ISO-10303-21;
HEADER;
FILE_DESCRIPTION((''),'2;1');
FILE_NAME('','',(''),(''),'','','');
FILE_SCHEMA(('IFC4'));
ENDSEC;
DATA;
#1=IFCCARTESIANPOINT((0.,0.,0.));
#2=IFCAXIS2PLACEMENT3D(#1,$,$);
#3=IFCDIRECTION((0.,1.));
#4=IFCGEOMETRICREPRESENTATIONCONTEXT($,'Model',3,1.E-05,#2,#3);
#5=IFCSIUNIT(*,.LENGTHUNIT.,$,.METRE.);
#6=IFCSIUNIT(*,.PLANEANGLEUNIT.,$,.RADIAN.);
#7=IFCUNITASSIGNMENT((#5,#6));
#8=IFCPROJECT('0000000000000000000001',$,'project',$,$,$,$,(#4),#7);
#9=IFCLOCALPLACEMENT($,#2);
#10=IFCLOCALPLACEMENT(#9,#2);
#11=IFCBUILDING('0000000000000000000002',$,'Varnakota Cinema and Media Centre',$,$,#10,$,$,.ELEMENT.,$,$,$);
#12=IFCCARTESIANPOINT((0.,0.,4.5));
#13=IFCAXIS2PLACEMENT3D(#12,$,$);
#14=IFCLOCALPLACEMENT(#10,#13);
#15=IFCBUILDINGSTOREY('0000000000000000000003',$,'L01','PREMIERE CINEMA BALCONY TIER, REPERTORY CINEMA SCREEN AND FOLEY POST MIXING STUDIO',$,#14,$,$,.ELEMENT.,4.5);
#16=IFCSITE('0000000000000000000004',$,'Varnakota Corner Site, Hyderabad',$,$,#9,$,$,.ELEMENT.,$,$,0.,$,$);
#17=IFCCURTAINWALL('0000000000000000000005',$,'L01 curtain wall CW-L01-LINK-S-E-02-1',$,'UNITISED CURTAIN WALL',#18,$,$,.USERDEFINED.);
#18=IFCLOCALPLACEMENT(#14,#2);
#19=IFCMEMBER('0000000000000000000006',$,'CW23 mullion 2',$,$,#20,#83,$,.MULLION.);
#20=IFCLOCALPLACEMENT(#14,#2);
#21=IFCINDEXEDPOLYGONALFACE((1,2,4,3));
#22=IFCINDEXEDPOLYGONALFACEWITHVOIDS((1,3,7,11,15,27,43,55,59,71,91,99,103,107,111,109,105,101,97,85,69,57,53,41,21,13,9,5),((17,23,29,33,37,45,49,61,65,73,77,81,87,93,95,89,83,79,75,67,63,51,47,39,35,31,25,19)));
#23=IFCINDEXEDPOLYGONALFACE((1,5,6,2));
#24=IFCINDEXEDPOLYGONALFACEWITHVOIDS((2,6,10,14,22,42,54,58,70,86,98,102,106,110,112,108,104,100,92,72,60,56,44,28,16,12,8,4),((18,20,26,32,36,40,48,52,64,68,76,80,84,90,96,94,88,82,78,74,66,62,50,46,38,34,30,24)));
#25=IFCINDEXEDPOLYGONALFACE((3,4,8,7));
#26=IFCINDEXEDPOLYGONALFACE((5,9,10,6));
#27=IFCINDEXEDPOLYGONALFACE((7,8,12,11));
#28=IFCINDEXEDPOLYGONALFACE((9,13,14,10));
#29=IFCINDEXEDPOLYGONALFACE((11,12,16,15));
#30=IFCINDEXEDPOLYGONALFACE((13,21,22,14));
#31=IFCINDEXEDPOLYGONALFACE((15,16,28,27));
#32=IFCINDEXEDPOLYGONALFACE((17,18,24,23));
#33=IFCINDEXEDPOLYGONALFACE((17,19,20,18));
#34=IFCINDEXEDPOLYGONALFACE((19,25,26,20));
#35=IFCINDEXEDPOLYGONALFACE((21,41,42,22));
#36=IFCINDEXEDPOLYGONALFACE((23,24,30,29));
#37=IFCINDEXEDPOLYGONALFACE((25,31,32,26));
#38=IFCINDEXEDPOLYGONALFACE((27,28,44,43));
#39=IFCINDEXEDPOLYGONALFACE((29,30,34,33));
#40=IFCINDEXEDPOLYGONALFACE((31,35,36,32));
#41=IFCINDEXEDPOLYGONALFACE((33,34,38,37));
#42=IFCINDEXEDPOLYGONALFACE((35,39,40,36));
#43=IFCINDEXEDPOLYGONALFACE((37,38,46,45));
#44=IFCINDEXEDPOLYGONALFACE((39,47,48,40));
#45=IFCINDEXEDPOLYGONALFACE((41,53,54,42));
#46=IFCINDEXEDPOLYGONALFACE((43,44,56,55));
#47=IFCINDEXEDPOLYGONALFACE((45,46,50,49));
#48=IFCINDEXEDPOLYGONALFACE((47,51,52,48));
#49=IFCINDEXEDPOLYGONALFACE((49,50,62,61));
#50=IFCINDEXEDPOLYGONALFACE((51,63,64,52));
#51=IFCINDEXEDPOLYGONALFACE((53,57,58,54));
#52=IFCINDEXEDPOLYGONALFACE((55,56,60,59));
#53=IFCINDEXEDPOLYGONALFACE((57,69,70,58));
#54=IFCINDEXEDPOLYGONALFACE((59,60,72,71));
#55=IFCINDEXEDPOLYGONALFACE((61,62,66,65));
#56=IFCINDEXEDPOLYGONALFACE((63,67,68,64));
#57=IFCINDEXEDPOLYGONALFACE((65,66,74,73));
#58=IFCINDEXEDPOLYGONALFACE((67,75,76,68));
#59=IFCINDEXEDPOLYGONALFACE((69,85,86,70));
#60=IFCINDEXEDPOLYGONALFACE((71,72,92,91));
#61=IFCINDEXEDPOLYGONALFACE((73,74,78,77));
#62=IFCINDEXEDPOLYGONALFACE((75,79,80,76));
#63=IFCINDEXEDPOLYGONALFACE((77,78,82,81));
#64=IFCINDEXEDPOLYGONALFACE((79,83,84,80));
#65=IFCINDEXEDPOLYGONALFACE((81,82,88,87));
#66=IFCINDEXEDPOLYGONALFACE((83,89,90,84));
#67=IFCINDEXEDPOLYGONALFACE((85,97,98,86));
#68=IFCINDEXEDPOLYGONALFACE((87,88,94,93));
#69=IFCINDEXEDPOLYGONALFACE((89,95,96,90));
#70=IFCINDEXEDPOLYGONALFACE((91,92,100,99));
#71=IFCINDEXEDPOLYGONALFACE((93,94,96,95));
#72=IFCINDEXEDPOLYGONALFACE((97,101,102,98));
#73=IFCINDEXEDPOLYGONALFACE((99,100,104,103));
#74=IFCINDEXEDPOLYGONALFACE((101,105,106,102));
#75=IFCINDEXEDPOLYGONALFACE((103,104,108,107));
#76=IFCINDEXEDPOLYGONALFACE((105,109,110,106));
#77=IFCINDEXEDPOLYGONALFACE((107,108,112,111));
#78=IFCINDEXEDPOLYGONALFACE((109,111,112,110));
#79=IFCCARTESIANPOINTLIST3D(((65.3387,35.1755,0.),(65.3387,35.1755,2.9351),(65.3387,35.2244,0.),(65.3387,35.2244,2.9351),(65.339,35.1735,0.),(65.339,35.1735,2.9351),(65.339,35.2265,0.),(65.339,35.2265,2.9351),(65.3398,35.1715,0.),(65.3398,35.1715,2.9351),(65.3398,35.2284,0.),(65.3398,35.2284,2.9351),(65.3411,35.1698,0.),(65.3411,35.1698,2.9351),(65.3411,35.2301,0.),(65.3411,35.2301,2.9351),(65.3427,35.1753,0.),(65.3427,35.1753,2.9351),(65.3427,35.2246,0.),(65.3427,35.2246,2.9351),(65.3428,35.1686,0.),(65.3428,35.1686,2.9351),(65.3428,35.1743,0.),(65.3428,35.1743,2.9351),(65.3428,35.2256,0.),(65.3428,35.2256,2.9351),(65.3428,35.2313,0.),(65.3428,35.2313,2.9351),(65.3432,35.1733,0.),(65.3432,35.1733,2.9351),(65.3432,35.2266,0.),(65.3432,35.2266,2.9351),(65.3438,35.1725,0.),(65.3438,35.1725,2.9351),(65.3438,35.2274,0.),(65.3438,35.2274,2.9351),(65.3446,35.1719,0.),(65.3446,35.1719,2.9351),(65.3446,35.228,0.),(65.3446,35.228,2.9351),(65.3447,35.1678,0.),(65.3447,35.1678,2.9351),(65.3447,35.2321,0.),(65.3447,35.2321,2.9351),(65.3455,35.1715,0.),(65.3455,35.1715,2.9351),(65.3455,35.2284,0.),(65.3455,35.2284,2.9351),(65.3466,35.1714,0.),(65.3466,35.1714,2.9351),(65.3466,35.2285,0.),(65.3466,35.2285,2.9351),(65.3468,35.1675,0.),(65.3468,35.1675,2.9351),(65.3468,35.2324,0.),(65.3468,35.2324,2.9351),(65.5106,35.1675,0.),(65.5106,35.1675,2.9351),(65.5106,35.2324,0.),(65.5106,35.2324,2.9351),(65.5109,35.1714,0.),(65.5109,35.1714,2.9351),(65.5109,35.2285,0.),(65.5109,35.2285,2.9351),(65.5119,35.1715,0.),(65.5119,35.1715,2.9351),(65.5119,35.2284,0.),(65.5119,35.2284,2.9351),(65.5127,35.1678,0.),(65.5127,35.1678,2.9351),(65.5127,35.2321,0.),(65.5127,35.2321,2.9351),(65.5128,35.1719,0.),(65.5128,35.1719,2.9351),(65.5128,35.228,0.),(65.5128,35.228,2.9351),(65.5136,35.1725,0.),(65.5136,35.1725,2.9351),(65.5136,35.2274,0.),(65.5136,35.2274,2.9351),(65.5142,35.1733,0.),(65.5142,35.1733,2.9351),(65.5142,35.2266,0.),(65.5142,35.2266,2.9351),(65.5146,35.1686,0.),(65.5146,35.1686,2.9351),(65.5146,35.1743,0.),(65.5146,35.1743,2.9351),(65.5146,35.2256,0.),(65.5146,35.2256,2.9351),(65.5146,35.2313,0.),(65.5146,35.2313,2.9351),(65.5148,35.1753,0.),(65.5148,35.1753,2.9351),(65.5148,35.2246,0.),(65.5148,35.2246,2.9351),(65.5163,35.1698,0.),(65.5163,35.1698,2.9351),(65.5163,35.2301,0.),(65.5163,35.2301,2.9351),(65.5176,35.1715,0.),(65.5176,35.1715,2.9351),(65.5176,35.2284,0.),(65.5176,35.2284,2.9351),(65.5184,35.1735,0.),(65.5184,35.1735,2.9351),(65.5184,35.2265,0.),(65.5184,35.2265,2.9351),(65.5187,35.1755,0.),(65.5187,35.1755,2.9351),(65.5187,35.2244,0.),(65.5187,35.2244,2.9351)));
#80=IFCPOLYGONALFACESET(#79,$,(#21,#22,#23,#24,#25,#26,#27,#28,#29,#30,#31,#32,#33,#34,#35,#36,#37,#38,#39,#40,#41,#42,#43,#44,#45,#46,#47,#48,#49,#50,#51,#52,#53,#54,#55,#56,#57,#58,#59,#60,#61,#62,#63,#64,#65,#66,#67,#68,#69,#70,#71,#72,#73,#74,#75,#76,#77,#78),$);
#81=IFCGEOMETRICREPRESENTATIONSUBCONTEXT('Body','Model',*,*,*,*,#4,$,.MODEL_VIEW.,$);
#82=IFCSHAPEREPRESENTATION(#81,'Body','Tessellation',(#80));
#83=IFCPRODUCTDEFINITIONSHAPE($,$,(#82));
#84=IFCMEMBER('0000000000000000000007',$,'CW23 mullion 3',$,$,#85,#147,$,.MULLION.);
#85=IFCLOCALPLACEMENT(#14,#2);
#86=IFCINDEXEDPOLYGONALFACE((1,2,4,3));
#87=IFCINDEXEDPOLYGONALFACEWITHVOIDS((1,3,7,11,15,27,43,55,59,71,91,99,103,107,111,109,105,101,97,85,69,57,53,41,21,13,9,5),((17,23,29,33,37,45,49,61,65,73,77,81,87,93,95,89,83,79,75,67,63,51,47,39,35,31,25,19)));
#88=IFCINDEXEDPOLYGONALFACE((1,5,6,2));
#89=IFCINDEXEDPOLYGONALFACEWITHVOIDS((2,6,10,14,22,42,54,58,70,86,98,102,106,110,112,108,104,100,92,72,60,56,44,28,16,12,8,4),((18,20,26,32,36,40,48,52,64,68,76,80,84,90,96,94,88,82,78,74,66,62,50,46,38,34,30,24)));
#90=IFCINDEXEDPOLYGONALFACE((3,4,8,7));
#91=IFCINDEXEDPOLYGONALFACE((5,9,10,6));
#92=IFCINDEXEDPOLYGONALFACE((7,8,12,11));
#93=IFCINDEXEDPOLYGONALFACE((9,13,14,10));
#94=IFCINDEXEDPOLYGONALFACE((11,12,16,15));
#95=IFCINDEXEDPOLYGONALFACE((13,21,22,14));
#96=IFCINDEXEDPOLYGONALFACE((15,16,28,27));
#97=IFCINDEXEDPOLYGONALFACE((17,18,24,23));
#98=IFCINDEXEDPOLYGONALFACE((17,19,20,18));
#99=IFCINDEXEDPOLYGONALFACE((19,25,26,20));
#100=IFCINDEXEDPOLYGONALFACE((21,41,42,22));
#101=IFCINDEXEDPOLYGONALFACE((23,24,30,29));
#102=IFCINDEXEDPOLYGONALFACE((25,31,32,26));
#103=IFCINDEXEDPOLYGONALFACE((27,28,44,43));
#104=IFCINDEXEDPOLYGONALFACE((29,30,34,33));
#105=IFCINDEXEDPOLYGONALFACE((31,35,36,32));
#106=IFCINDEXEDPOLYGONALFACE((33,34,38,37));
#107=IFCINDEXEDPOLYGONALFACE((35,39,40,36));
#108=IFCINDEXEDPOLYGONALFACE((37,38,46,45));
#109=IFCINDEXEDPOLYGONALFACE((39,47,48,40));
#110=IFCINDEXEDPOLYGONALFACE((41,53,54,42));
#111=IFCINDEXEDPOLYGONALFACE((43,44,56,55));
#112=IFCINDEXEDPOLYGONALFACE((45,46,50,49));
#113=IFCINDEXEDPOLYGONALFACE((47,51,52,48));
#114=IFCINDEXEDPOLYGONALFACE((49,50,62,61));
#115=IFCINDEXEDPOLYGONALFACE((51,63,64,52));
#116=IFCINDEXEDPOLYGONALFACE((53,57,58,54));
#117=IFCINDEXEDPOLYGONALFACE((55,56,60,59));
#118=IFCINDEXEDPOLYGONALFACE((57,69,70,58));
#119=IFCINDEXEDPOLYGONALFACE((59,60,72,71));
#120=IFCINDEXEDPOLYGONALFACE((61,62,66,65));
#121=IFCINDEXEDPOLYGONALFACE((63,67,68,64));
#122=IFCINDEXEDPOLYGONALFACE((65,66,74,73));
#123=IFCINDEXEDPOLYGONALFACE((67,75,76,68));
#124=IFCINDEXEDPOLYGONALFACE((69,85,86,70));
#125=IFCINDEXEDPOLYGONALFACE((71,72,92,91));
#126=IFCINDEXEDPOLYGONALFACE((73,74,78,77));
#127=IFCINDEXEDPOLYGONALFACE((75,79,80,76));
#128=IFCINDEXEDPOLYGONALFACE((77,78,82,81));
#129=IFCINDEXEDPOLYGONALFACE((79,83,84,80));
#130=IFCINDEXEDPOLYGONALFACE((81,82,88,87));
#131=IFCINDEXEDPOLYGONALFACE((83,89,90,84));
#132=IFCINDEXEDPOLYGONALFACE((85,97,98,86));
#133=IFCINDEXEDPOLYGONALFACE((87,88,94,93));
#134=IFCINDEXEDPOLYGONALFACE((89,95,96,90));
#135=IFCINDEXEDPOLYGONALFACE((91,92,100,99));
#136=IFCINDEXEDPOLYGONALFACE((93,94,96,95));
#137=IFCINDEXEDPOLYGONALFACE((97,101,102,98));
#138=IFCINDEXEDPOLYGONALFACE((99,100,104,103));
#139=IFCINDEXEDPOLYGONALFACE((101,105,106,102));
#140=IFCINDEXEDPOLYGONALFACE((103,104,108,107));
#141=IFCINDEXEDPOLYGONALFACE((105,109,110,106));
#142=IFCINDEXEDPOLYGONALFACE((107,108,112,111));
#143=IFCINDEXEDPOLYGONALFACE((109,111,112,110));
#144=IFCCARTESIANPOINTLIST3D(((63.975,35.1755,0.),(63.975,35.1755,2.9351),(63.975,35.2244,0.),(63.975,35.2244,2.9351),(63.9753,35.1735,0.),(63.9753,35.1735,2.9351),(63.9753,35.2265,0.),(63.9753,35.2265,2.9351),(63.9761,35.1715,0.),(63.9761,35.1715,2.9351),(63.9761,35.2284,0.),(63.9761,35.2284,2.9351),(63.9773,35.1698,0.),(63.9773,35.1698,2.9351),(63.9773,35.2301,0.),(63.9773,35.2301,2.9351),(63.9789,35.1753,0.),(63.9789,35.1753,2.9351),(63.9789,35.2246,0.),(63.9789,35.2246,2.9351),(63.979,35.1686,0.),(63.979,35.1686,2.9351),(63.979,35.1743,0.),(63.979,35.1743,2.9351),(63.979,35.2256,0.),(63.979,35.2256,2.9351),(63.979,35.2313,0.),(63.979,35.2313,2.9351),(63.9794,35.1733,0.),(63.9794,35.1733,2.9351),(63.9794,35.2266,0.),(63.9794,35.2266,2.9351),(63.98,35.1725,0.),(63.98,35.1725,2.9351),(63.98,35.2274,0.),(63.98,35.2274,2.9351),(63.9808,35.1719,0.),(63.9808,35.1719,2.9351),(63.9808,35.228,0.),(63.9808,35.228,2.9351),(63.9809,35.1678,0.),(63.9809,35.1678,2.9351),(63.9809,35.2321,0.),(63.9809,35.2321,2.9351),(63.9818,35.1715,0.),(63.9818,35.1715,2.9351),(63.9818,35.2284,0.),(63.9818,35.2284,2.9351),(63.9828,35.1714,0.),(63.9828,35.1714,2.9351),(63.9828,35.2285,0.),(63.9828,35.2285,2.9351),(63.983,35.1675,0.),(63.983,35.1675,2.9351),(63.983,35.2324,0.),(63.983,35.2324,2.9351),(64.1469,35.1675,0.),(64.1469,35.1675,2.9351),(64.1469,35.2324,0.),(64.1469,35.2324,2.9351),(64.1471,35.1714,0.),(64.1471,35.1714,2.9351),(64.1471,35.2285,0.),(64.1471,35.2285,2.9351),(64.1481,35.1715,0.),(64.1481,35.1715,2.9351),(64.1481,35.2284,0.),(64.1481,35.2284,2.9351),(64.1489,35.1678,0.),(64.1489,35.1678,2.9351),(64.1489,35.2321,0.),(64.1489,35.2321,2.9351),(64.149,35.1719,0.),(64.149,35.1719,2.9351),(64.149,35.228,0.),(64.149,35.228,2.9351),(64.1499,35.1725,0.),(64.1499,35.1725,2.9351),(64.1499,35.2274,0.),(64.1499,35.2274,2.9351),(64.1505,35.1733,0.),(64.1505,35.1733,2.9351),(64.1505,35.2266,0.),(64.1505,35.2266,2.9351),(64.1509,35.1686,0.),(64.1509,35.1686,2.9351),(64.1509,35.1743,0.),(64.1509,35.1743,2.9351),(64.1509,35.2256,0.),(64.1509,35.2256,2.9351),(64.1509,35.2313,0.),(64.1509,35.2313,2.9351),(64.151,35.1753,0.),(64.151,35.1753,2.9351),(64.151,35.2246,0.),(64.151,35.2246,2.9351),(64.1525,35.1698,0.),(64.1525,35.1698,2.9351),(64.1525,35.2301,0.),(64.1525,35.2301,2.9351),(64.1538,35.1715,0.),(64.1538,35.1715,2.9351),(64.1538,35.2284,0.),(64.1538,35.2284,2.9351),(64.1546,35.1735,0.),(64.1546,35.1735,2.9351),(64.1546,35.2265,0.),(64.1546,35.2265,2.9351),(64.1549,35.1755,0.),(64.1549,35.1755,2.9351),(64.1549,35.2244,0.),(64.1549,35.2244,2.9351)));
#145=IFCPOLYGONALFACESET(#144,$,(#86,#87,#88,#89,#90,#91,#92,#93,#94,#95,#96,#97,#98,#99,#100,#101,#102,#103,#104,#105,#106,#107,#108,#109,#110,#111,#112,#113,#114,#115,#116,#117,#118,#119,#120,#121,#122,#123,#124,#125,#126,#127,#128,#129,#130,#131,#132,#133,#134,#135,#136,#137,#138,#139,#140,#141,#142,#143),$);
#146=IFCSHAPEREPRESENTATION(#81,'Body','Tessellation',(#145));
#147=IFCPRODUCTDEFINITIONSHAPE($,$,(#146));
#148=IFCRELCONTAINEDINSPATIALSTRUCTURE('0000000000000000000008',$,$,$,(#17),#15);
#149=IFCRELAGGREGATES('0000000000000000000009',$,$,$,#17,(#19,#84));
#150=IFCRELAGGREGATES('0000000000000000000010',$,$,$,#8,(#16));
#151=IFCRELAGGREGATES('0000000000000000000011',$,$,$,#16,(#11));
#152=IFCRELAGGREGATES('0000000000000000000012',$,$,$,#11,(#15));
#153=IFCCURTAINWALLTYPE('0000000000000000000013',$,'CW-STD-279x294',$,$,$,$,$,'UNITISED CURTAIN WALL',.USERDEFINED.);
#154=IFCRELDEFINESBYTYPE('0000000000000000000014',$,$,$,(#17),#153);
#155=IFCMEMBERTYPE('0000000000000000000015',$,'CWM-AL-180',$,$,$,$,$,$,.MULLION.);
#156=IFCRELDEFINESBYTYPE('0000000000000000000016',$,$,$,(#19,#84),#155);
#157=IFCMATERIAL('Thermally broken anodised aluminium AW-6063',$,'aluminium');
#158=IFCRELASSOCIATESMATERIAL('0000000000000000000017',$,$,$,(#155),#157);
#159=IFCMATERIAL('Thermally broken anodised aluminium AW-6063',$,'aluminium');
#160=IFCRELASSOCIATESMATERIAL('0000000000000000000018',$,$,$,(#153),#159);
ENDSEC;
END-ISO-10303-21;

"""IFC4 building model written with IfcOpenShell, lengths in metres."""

from ifc_helpers import new_model, si_unit, direction, frame, origin, origin_2d, place, context, subcontext, project, spatial, hollow_rectangle, extrude, material, material_profile, profile_set, type_object, element, aggregate, save


model = new_model("IFC4")

# Units and contexts
model_context = context("Model", 3, precision=1e-05, world=origin(), true_north=direction((0.0, 1.0)))
body_context = subcontext(model_context, "Body", "Model", "MODEL_VIEW")
ifc_project = project(units=[si_unit("LENGTHUNIT", "METRE"), si_unit("PLANEANGLEUNIT", "RADIAN")], contexts=[model_context])

# Site, building, storey
site_placement = place(None, origin())
site = spatial("IfcSite", under=ifc_project, at=site_placement, Name="Varnakota Corner Site, Hyderabad", CompositionType="ELEMENT", RefElevation=0.0)
building_placement = place(site_placement, origin())
building = spatial("IfcBuilding", under=site, at=building_placement, Name="Varnakota Cinema and Media Centre", CompositionType="ELEMENT")
storey_placement = place(building_placement, frame((0.0, 0.0, 4.5)))
storey = spatial("IfcBuildingStorey", under=building, at=storey_placement, Name="L01", Description="PREMIERE CINEMA BALCONY TIER, REPERTORY CINEMA SCREEN AND FOLEY POST MIXING STUDIO", CompositionType="ELEMENT", Elevation=4.5)

# Shared definitions
ifc_material_1 = material(Name="Thermally broken anodised aluminium AW-6063", Category="aluminium")
ifc_material_profile_1 = material_profile(ifc_material_1, hollow_rectangle(XDim=0.0649, YDim=0.1799, WallThickness=0.0039, InnerFilletRadius=0.0039, OuterFilletRadius=0.0081, at=origin_2d()), Name="AL-MULLION 180x65x4")
ifc_profile_set_1 = profile_set([ifc_material_profile_1], Name="Thermally broken anodised aluminium AW-6063")
member_type_1 = type_object("IfcMemberType", Name="CWM-AL-180", PredefinedType="MULLION", material=ifc_profile_set_1)

# Curtain wall, members
ifc_material_2 = material(Name="Thermally broken anodised aluminium AW-6063", Category="aluminium")
curtain_wall_type_1 = type_object("IfcCurtainWallType", Name="CW-STD-279x294", ElementType="UNITISED CURTAIN WALL", PredefinedType="USERDEFINED", material=ifc_material_2)
curtain_wall_1_placement = place(storey_placement, origin())
curtain_wall_1 = element("IfcCurtainWall", 1, at=curtain_wall_1_placement, inside=storey, type_object=curtain_wall_type_1, Name="L01 curtain wall CW-L01-LINK-S-E-02-1", ObjectType="UNITISED CURTAIN WALL", PredefinedType="USERDEFINED")
member_1_placement = place(storey_placement, frame((65.4287, 35.2, 0.0), z_axis=(0.0, 0.0, 1.0), x_axis=(0.0, -1.0, 0.0)))
member_1 = element("IfcMember", 2, at=member_1_placement, type_object=member_type_1, Name="CW23 mullion 2", PredefinedType="MULLION", context=body_context, shape_type="SweptSolid", body=[
    extrude(hollow_rectangle(XDim=0.0649, YDim=0.1799, WallThickness=0.0039, InnerFilletRadius=0.0039, OuterFilletRadius=0.0081, at=origin_2d()), origin(), (0.0, 0.0, 1.0), 2.9351),
])
member_2_placement = place(storey_placement, frame((64.0649, 35.2, 0.0), z_axis=(0.0, 0.0, 1.0), x_axis=(0.0, -1.0, 0.0)))
member_2 = element("IfcMember", 3, at=member_2_placement, type_object=member_type_1, Name="CW23 mullion 3", PredefinedType="MULLION", context=body_context, shape_type="SweptSolid", body=[
    extrude(hollow_rectangle(XDim=0.0649, YDim=0.1799, WallThickness=0.0039, InnerFilletRadius=0.0039, OuterFilletRadius=0.0081, at=origin_2d()), origin(), (0.0, 0.0, 1.0), 2.9351),
])

aggregate(curtain_wall_1, [member_1, member_2])

save(model, "model.ifc")
